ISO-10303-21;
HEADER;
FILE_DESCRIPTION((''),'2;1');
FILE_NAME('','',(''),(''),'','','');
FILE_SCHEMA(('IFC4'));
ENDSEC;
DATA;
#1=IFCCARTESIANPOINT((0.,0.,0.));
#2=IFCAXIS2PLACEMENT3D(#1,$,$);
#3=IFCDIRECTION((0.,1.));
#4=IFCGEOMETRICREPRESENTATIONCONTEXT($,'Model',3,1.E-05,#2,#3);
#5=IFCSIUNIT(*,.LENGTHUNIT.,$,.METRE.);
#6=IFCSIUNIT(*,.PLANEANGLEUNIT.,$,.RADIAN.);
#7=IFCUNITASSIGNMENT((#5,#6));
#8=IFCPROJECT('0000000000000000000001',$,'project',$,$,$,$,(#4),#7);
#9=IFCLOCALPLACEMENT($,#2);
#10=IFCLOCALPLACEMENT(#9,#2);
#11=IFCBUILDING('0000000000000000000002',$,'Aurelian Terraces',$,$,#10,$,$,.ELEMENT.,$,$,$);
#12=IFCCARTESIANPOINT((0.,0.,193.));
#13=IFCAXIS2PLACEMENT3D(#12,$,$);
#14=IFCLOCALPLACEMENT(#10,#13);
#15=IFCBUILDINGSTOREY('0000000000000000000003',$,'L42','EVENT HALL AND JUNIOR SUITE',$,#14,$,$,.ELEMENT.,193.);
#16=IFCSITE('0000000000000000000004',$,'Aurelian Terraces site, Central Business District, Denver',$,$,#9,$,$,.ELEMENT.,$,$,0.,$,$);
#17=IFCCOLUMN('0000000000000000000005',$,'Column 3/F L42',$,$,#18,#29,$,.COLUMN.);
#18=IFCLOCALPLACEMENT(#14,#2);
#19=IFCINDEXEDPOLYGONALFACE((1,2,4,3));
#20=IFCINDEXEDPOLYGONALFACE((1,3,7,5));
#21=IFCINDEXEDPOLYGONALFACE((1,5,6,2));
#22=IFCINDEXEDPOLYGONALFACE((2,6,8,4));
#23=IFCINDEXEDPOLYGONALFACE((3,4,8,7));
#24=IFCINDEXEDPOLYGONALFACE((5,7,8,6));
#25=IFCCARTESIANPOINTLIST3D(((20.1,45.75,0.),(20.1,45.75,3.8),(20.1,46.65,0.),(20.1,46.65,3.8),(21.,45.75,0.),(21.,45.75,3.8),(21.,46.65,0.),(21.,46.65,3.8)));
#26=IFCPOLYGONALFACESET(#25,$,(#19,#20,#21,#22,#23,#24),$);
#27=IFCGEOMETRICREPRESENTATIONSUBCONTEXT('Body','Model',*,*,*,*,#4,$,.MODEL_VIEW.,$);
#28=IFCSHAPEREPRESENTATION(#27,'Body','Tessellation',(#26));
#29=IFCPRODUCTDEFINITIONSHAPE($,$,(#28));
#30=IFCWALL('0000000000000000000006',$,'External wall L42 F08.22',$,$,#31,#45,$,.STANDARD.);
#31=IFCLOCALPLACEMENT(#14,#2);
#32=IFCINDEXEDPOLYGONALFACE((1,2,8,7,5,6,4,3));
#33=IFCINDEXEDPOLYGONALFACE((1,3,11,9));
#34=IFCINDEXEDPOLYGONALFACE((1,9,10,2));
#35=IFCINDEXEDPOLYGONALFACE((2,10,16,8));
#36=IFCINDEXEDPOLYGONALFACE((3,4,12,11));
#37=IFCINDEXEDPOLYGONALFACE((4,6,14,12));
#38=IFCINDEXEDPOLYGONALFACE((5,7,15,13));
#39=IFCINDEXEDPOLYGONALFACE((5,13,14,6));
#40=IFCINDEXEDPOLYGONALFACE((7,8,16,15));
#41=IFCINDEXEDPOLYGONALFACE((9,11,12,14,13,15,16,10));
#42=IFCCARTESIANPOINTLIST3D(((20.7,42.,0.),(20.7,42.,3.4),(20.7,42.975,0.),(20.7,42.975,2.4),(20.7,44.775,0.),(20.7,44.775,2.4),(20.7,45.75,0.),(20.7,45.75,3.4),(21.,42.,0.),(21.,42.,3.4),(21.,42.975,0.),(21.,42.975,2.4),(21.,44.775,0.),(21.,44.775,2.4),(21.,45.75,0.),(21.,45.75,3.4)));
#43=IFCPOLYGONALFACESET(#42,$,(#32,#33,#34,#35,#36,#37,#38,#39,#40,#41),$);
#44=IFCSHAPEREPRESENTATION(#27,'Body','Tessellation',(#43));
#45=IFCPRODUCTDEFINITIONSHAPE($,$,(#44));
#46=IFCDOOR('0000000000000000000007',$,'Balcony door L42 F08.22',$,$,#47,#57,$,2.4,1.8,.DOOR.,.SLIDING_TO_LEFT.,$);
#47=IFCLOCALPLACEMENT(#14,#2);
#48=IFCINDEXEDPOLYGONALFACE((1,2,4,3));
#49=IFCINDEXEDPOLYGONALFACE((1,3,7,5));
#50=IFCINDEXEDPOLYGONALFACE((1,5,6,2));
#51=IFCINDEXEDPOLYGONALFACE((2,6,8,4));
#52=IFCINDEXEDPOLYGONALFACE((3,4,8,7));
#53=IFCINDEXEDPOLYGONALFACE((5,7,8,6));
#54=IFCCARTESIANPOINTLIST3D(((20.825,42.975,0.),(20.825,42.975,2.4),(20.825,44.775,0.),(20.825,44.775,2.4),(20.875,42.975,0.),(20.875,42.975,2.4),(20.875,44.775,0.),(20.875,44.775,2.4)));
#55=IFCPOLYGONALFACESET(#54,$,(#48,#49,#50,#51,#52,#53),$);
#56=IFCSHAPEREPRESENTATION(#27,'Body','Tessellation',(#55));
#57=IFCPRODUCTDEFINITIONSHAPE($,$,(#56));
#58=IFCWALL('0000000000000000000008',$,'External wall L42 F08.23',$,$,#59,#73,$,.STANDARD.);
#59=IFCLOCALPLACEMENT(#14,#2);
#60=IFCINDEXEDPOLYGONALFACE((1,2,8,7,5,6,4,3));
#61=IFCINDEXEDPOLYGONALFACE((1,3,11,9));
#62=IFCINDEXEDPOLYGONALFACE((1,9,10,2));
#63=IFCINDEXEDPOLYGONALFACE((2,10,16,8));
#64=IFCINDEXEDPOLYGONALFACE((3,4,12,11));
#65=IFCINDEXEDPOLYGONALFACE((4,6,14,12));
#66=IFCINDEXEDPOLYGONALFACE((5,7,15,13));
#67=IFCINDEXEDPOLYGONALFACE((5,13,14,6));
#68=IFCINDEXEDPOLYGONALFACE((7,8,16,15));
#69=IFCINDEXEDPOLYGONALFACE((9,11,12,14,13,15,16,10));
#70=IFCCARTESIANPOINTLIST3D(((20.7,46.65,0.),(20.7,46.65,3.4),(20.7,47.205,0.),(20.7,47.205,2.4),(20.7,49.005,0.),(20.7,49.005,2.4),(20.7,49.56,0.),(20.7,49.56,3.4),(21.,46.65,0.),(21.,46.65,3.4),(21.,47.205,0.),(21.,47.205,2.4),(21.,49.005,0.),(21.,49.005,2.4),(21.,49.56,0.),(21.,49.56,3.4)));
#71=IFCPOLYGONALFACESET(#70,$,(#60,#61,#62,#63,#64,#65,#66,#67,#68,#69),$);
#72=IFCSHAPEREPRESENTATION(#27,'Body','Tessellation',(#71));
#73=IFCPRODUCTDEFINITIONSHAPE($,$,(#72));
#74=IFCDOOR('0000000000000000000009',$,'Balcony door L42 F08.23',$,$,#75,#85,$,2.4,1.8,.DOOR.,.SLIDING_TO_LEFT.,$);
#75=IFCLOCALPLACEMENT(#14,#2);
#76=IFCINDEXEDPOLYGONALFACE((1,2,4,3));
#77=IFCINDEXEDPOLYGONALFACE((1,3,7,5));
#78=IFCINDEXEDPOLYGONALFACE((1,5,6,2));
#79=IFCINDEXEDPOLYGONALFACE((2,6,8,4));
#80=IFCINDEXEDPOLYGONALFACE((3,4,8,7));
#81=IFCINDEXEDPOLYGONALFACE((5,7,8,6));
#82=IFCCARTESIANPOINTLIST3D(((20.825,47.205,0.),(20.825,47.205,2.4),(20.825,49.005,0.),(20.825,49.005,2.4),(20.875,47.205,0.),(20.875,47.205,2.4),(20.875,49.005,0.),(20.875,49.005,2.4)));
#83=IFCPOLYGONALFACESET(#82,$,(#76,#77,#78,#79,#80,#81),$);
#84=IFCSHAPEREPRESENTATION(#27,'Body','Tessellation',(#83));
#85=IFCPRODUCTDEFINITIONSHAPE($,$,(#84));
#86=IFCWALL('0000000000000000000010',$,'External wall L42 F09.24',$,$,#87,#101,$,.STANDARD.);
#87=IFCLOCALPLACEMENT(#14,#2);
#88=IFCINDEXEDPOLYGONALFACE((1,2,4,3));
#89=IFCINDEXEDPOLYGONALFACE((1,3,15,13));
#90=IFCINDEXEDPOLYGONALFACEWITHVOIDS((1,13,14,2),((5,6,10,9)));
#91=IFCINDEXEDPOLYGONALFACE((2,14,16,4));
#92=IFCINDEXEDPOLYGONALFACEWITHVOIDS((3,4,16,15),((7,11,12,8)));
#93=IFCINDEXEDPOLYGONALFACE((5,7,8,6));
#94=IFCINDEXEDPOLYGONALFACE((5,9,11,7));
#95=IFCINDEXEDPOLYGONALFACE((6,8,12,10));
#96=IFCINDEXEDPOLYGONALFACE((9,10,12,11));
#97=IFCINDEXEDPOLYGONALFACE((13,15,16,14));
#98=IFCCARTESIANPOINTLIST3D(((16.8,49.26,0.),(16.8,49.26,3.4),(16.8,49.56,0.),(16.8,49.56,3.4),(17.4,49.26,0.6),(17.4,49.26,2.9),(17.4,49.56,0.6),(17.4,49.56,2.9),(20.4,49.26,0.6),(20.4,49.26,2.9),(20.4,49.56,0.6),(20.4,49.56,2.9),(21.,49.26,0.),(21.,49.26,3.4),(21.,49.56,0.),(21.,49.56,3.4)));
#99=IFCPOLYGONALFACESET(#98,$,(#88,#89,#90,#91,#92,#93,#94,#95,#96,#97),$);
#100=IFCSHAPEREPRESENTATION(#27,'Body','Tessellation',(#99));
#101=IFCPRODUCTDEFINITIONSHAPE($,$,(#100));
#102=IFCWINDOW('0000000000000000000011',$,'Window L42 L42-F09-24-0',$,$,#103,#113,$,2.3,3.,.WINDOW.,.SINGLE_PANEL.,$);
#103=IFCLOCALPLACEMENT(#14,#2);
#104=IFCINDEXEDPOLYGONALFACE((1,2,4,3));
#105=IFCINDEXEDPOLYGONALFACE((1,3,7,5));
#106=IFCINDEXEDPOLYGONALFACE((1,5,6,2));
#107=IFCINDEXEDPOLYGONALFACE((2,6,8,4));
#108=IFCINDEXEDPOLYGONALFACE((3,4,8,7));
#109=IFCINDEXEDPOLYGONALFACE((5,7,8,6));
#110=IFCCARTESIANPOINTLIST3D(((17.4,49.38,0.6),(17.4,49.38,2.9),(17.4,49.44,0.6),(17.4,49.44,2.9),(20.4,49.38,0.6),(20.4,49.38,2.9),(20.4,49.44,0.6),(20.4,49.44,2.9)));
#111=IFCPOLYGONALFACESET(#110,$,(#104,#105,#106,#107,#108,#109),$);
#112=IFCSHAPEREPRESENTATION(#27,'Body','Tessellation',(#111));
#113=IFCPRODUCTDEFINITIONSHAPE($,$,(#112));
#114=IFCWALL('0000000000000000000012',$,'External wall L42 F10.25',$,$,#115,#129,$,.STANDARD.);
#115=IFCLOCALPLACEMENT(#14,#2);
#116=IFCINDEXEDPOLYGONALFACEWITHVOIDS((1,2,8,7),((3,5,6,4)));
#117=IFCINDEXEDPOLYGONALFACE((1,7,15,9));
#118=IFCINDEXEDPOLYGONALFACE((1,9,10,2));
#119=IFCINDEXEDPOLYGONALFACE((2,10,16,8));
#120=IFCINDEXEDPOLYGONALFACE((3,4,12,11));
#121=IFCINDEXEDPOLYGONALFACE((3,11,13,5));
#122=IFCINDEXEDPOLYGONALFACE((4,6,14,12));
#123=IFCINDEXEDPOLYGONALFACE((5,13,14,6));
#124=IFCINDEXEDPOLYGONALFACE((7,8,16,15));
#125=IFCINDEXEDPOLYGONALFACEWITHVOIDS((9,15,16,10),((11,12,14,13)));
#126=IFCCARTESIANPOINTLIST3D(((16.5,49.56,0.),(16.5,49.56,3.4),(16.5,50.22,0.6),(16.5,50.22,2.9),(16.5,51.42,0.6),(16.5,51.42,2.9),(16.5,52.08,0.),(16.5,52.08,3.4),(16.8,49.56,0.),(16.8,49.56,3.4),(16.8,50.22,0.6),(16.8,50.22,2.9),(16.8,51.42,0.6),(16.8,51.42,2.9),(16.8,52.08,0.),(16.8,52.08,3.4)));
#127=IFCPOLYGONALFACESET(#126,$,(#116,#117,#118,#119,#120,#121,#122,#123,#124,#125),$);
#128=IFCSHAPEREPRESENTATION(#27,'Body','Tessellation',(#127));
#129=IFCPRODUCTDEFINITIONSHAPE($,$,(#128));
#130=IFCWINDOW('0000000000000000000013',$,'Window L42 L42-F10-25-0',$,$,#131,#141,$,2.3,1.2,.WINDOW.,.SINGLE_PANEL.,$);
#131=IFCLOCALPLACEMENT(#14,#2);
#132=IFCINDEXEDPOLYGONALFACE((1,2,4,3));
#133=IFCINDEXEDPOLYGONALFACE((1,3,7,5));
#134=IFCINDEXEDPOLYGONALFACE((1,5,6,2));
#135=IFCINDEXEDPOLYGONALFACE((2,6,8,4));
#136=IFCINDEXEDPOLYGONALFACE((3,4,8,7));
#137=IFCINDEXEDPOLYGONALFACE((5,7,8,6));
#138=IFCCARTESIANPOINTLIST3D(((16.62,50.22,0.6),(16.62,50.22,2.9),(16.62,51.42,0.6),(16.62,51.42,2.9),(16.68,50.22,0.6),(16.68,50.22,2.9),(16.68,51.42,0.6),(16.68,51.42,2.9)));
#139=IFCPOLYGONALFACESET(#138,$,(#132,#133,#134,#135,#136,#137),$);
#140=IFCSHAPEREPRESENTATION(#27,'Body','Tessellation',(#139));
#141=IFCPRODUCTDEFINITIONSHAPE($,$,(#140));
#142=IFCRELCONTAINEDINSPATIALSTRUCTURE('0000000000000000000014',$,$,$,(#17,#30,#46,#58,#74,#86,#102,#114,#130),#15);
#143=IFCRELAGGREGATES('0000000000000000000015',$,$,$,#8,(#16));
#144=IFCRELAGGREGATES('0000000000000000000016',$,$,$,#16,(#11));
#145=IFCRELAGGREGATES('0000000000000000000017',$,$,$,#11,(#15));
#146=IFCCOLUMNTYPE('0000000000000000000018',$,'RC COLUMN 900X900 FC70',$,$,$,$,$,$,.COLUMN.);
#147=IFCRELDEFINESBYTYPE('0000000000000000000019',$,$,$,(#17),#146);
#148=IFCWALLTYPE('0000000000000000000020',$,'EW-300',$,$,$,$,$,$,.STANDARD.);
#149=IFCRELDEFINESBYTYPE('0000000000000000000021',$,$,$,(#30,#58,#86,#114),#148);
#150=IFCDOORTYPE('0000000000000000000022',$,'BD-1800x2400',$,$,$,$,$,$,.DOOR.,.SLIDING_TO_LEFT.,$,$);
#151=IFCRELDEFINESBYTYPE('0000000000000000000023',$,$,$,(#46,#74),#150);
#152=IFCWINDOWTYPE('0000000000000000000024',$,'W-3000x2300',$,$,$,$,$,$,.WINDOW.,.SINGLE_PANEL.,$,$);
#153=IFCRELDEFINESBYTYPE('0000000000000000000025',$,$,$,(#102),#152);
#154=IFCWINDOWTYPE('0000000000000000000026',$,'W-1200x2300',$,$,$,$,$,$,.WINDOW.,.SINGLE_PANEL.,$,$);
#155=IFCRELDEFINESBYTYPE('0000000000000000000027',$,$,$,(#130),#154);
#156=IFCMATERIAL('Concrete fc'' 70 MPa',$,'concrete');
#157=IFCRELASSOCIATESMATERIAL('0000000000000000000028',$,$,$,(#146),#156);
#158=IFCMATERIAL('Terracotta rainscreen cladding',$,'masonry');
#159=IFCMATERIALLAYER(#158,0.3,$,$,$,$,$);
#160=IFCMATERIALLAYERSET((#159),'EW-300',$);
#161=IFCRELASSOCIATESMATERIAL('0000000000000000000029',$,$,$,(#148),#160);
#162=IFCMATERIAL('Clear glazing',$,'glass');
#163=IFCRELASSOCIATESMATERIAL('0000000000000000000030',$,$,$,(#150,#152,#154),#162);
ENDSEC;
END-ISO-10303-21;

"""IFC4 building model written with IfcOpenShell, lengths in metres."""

from ifc_helpers import new_model, si_unit, direction, frame, frame_2d, origin, origin_2d, place, context, subcontext, project, spatial, rectangle, extrude, source, transform, mapped, material, layer, layer_set, material_profile, profile_set, type_object, element, fill, save


model = new_model("IFC4")

# Units and contexts
model_context = context("Model", 3, precision=1e-05, world=origin(), true_north=direction((0.0, 1.0)))
body_context = subcontext(model_context, "Body", "Model", "MODEL_VIEW")
ifc_project = project(units=[si_unit("LENGTHUNIT", "METRE"), si_unit("PLANEANGLEUNIT", "RADIAN")], contexts=[model_context])

# Site, building, storey
site_placement = place(None, origin())
site = spatial("IfcSite", under=ifc_project, at=site_placement, Name="Aurelian Terraces site, Central Business District, Denver", CompositionType="ELEMENT", RefElevation=0.0)
building_placement = place(site_placement, origin())
building = spatial("IfcBuilding", under=site, at=building_placement, Name="Aurelian Terraces", CompositionType="ELEMENT")
storey_placement = place(building_placement, frame((0.0, 0.0, 193.0)))
storey = spatial("IfcBuildingStorey", under=building, at=storey_placement, Name="L42", Description="EVENT HALL AND JUNIOR SUITE", CompositionType="ELEMENT", Elevation=193.0)

# Column
ifc_material_1 = material(Name="Concrete fc' 70 MPa", Category="concrete")
ifc_material_profile = material_profile(ifc_material_1, rectangle(XDim=0.9, YDim=0.9, at=origin_2d()))
ifc_profile_set = profile_set([ifc_material_profile], Name="Concrete fc' 70 MPa")
column_type = type_object("IfcColumnType", Name="RC COLUMN 900X900 FC70", PredefinedType="COLUMN", material=ifc_profile_set)
shared_shape_1 = source(origin(), body_context, "Body", "SweptSolid", [
    extrude(rectangle(XDim=0.9, YDim=0.9, at=origin_2d()), origin(), (0.0, 0.0, 1.0), 3.8),
])
column_placement = place(storey_placement, frame((20.55, 46.2, 0.0), z_axis=(0.0, 0.0, 1.0), x_axis=(1.0, 0.0, 0.0)))
element("IfcColumn", 1, at=column_placement, inside=storey, type_object=column_type, Name="Column 3/F L42", PredefinedType="COLUMN", context=body_context, shape_type="MappedRepresentation", body=[
    mapped(shared_shape_1, transform((0.0, 0.0, 0.0), scale=1.0)),
])

# Walls, openings, doors
ifc_material_2 = material(Name="Terracotta rainscreen cladding", Category="masonry")
ifc_layer_1 = layer(ifc_material_2, 0.3)
ifc_layer_set_1 = layer_set([ifc_layer_1], Name="EW-300")
wall_type_1 = type_object("IfcWallType", Name="EW-300", PredefinedType="STANDARD", material=ifc_layer_set_1)
shared_shape_2 = source(origin(), body_context, "Body", "SweptSolid", [
    extrude(rectangle(XDim=3.75, YDim=0.3, at=frame_2d((1.875, 0.0))), origin(), (0.0, 0.0, 1.0), 3.4),
])
wall_1_placement = place(storey_placement, frame((20.85, 42.0, 0.0), z_axis=(0.0, 0.0, 1.0), x_axis=(0.0, 1.0, 0.0)))
wall_1 = element("IfcWall", 2, at=wall_1_placement, inside=storey, type_object=wall_type_1, Name="External wall L42 F08.22", PredefinedType="STANDARD", context=body_context, shape_type="MappedRepresentation", body=[
    mapped(shared_shape_2, transform((0.0, 0.0, 0.0), scale=1.0)),
])
shared_shape_3 = source(origin(), body_context, "Body", "SweptSolid", [
    extrude(rectangle(XDim=1.8, YDim=2.4, at=frame_2d((0.9, 1.2))), frame((0.0, 0.16, 0.0), z_axis=(0.0, -1.0, 0.0), x_axis=(1.0, 0.0, 0.0)), (0.0, 0.0, 1.0), 0.32),
])
opening_1_placement = place(wall_1_placement, frame((0.975, 0.0, 0.0)))
opening_1 = element("IfcOpeningElement", 3, at=opening_1_placement, cuts=wall_1, PredefinedType="OPENING", context=body_context, shape_type="MappedRepresentation", body=[
    mapped(shared_shape_3, transform((0.0, 0.0, 0.0), scale=1.0)),
])
ifc_material_3 = material(Name="Clear glazing", Category="glass")
door_type_1 = type_object("IfcDoorType", Name="BD-1800x2400", OperationType="SLIDING_TO_LEFT", PredefinedType="DOOR", material=ifc_material_3)
shared_shape_4 = source(origin(), body_context, "Body", "SweptSolid", [
    extrude(rectangle(XDim=1.8, YDim=2.4, at=frame_2d((0.9, 1.2))), frame((0.0, 0.025, 0.0), z_axis=(0.0, -1.0, 0.0), x_axis=(1.0, 0.0, 0.0)), (0.0, 0.0, 1.0), 0.05),
])
door_1_placement = place(opening_1_placement, origin())
door_1 = element("IfcDoor", 4, at=door_1_placement, inside=storey, type_object=door_type_1, Name="Balcony door L42 F08.22", OperationType="SLIDING_TO_LEFT", OverallHeight=2.4, OverallWidth=1.8, PredefinedType="DOOR", context=body_context, shape_type="MappedRepresentation", body=[
    mapped(shared_shape_4, transform((0.0, 0.0, 0.0), scale=1.0)),
])
fill(opening_1, door_1)
shared_shape_5 = source(origin(), body_context, "Body", "SweptSolid", [
    extrude(rectangle(XDim=2.91, YDim=0.3, at=frame_2d((1.455, 0.0))), origin(), (0.0, 0.0, 1.0), 3.4),
])
wall_2_placement = place(storey_placement, frame((20.85, 46.65, 0.0), z_axis=(0.0, 0.0, 1.0), x_axis=(0.0, 1.0, 0.0)))
wall_2 = element("IfcWall", 5, at=wall_2_placement, inside=storey, type_object=wall_type_1, Name="External wall L42 F08.23", PredefinedType="STANDARD", context=body_context, shape_type="MappedRepresentation", body=[
    mapped(shared_shape_5, transform((0.0, 0.0, 0.0), scale=1.0)),
])
opening_2_placement = place(wall_2_placement, frame((0.555, 0.0, 0.0)))
opening_2 = element("IfcOpeningElement", 6, at=opening_2_placement, cuts=wall_2, PredefinedType="OPENING", context=body_context, shape_type="MappedRepresentation", body=[
    mapped(shared_shape_3, transform((0.0, 0.0, 0.0), scale=1.0)),
])
door_2_placement = place(opening_2_placement, origin())
door_2 = element("IfcDoor", 7, at=door_2_placement, inside=storey, type_object=door_type_1, Name="Balcony door L42 F08.23", OperationType="SLIDING_TO_LEFT", OverallHeight=2.4, OverallWidth=1.8, PredefinedType="DOOR", context=body_context, shape_type="MappedRepresentation", body=[
    mapped(shared_shape_4, transform((0.0, 0.0, 0.0), scale=1.0)),
])
fill(opening_2, door_2)

# Walls, openings, windows
shared_shape_6 = source(origin(), body_context, "Body", "SweptSolid", [
    extrude(rectangle(XDim=4.2, YDim=0.3, at=frame_2d((2.1, 0.0))), origin(), (0.0, 0.0, 1.0), 3.4),
])
wall_3_placement = place(storey_placement, frame((21.0, 49.41, 0.0), z_axis=(0.0, 0.0, 1.0), x_axis=(-1.0, 0.0, 0.0)))
wall_3 = element("IfcWall", 8, at=wall_3_placement, inside=storey, type_object=wall_type_1, Name="External wall L42 F09.24", PredefinedType="STANDARD", context=body_context, shape_type="MappedRepresentation", body=[
    mapped(shared_shape_6, transform((0.0, 0.0, 0.0), scale=1.0)),
])
shared_shape_7 = source(origin(), body_context, "Body", "SweptSolid", [
    extrude(rectangle(XDim=3.0, YDim=2.3, at=frame_2d((1.5, 1.15))), frame((0.0, 0.16, 0.0), z_axis=(0.0, -1.0, 0.0), x_axis=(1.0, 0.0, 0.0)), (0.0, 0.0, 1.0), 0.32),
])
opening_3_placement = place(wall_3_placement, frame((0.6, 0.0, 0.6)))
opening_3 = element("IfcOpeningElement", 9, at=opening_3_placement, cuts=wall_3, PredefinedType="OPENING", context=body_context, shape_type="MappedRepresentation", body=[
    mapped(shared_shape_7, transform((0.0, 0.0, 0.0), scale=1.0)),
])
window_type_1 = type_object("IfcWindowType", Name="W-3000x2300", PartitioningType="SINGLE_PANEL", PredefinedType="WINDOW", material=ifc_material_3)
shared_shape_8 = source(origin(), body_context, "Body", "SweptSolid", [
    extrude(rectangle(XDim=3.0, YDim=2.3, at=frame_2d((1.5, 1.15))), frame((0.0, 0.03, 0.0), z_axis=(0.0, -1.0, 0.0), x_axis=(1.0, 0.0, 0.0)), (0.0, 0.0, 1.0), 0.06),
])
window_1_placement = place(opening_3_placement, origin())
window_1 = element("IfcWindow", 10, at=window_1_placement, inside=storey, type_object=window_type_1, Name="Window L42 L42-F09-24-0", OverallHeight=2.3, OverallWidth=3.0, PartitioningType="SINGLE_PANEL", PredefinedType="WINDOW", context=body_context, shape_type="MappedRepresentation", body=[
    mapped(shared_shape_8, transform((0.0, 0.0, 0.0), scale=1.0)),
])
fill(opening_3, window_1)
shared_shape_9 = source(origin(), body_context, "Body", "SweptSolid", [
    extrude(rectangle(XDim=2.52, YDim=0.3, at=frame_2d((1.26, 0.0))), origin(), (0.0, 0.0, 1.0), 3.4),
])
wall_4_placement = place(storey_placement, frame((16.65, 49.56, 0.0), z_axis=(0.0, 0.0, 1.0), x_axis=(0.0, 1.0, 0.0)))
wall_4 = element("IfcWall", 11, at=wall_4_placement, inside=storey, type_object=wall_type_1, Name="External wall L42 F10.25", PredefinedType="STANDARD", context=body_context, shape_type="MappedRepresentation", body=[
    mapped(shared_shape_9, transform((0.0, 0.0, 0.0), scale=1.0)),
])
shared_shape_10 = source(origin(), body_context, "Body", "SweptSolid", [
    extrude(rectangle(XDim=1.2, YDim=2.3, at=frame_2d((0.6, 1.15))), frame((0.0, 0.16, 0.0), z_axis=(0.0, -1.0, 0.0), x_axis=(1.0, 0.0, 0.0)), (0.0, 0.0, 1.0), 0.32),
])
opening_4_placement = place(wall_4_placement, frame((0.66, 0.0, 0.6)))
opening_4 = element("IfcOpeningElement", 12, at=opening_4_placement, cuts=wall_4, PredefinedType="OPENING", context=body_context, shape_type="MappedRepresentation", body=[
    mapped(shared_shape_10, transform((0.0, 0.0, 0.0), scale=1.0)),
])
window_type_2 = type_object("IfcWindowType", Name="W-1200x2300", PartitioningType="SINGLE_PANEL", PredefinedType="WINDOW", material=ifc_material_3)
shared_shape_11 = source(origin(), body_context, "Body", "SweptSolid", [
    extrude(rectangle(XDim=1.2, YDim=2.3, at=frame_2d((0.6, 1.15))), frame((0.0, 0.03, 0.0), z_axis=(0.0, -1.0, 0.0), x_axis=(1.0, 0.0, 0.0)), (0.0, 0.0, 1.0), 0.06),
])
window_2_placement = place(opening_4_placement, origin())
window_2 = element("IfcWindow", 13, at=window_2_placement, inside=storey, type_object=window_type_2, Name="Window L42 L42-F10-25-0", OverallHeight=2.3, OverallWidth=1.2, PartitioningType="SINGLE_PANEL", PredefinedType="WINDOW", context=body_context, shape_type="MappedRepresentation", body=[
    mapped(shared_shape_11, transform((0.0, 0.0, 0.0), scale=1.0)),
])
fill(opening_4, window_2)

save(model, "model.ifc")
